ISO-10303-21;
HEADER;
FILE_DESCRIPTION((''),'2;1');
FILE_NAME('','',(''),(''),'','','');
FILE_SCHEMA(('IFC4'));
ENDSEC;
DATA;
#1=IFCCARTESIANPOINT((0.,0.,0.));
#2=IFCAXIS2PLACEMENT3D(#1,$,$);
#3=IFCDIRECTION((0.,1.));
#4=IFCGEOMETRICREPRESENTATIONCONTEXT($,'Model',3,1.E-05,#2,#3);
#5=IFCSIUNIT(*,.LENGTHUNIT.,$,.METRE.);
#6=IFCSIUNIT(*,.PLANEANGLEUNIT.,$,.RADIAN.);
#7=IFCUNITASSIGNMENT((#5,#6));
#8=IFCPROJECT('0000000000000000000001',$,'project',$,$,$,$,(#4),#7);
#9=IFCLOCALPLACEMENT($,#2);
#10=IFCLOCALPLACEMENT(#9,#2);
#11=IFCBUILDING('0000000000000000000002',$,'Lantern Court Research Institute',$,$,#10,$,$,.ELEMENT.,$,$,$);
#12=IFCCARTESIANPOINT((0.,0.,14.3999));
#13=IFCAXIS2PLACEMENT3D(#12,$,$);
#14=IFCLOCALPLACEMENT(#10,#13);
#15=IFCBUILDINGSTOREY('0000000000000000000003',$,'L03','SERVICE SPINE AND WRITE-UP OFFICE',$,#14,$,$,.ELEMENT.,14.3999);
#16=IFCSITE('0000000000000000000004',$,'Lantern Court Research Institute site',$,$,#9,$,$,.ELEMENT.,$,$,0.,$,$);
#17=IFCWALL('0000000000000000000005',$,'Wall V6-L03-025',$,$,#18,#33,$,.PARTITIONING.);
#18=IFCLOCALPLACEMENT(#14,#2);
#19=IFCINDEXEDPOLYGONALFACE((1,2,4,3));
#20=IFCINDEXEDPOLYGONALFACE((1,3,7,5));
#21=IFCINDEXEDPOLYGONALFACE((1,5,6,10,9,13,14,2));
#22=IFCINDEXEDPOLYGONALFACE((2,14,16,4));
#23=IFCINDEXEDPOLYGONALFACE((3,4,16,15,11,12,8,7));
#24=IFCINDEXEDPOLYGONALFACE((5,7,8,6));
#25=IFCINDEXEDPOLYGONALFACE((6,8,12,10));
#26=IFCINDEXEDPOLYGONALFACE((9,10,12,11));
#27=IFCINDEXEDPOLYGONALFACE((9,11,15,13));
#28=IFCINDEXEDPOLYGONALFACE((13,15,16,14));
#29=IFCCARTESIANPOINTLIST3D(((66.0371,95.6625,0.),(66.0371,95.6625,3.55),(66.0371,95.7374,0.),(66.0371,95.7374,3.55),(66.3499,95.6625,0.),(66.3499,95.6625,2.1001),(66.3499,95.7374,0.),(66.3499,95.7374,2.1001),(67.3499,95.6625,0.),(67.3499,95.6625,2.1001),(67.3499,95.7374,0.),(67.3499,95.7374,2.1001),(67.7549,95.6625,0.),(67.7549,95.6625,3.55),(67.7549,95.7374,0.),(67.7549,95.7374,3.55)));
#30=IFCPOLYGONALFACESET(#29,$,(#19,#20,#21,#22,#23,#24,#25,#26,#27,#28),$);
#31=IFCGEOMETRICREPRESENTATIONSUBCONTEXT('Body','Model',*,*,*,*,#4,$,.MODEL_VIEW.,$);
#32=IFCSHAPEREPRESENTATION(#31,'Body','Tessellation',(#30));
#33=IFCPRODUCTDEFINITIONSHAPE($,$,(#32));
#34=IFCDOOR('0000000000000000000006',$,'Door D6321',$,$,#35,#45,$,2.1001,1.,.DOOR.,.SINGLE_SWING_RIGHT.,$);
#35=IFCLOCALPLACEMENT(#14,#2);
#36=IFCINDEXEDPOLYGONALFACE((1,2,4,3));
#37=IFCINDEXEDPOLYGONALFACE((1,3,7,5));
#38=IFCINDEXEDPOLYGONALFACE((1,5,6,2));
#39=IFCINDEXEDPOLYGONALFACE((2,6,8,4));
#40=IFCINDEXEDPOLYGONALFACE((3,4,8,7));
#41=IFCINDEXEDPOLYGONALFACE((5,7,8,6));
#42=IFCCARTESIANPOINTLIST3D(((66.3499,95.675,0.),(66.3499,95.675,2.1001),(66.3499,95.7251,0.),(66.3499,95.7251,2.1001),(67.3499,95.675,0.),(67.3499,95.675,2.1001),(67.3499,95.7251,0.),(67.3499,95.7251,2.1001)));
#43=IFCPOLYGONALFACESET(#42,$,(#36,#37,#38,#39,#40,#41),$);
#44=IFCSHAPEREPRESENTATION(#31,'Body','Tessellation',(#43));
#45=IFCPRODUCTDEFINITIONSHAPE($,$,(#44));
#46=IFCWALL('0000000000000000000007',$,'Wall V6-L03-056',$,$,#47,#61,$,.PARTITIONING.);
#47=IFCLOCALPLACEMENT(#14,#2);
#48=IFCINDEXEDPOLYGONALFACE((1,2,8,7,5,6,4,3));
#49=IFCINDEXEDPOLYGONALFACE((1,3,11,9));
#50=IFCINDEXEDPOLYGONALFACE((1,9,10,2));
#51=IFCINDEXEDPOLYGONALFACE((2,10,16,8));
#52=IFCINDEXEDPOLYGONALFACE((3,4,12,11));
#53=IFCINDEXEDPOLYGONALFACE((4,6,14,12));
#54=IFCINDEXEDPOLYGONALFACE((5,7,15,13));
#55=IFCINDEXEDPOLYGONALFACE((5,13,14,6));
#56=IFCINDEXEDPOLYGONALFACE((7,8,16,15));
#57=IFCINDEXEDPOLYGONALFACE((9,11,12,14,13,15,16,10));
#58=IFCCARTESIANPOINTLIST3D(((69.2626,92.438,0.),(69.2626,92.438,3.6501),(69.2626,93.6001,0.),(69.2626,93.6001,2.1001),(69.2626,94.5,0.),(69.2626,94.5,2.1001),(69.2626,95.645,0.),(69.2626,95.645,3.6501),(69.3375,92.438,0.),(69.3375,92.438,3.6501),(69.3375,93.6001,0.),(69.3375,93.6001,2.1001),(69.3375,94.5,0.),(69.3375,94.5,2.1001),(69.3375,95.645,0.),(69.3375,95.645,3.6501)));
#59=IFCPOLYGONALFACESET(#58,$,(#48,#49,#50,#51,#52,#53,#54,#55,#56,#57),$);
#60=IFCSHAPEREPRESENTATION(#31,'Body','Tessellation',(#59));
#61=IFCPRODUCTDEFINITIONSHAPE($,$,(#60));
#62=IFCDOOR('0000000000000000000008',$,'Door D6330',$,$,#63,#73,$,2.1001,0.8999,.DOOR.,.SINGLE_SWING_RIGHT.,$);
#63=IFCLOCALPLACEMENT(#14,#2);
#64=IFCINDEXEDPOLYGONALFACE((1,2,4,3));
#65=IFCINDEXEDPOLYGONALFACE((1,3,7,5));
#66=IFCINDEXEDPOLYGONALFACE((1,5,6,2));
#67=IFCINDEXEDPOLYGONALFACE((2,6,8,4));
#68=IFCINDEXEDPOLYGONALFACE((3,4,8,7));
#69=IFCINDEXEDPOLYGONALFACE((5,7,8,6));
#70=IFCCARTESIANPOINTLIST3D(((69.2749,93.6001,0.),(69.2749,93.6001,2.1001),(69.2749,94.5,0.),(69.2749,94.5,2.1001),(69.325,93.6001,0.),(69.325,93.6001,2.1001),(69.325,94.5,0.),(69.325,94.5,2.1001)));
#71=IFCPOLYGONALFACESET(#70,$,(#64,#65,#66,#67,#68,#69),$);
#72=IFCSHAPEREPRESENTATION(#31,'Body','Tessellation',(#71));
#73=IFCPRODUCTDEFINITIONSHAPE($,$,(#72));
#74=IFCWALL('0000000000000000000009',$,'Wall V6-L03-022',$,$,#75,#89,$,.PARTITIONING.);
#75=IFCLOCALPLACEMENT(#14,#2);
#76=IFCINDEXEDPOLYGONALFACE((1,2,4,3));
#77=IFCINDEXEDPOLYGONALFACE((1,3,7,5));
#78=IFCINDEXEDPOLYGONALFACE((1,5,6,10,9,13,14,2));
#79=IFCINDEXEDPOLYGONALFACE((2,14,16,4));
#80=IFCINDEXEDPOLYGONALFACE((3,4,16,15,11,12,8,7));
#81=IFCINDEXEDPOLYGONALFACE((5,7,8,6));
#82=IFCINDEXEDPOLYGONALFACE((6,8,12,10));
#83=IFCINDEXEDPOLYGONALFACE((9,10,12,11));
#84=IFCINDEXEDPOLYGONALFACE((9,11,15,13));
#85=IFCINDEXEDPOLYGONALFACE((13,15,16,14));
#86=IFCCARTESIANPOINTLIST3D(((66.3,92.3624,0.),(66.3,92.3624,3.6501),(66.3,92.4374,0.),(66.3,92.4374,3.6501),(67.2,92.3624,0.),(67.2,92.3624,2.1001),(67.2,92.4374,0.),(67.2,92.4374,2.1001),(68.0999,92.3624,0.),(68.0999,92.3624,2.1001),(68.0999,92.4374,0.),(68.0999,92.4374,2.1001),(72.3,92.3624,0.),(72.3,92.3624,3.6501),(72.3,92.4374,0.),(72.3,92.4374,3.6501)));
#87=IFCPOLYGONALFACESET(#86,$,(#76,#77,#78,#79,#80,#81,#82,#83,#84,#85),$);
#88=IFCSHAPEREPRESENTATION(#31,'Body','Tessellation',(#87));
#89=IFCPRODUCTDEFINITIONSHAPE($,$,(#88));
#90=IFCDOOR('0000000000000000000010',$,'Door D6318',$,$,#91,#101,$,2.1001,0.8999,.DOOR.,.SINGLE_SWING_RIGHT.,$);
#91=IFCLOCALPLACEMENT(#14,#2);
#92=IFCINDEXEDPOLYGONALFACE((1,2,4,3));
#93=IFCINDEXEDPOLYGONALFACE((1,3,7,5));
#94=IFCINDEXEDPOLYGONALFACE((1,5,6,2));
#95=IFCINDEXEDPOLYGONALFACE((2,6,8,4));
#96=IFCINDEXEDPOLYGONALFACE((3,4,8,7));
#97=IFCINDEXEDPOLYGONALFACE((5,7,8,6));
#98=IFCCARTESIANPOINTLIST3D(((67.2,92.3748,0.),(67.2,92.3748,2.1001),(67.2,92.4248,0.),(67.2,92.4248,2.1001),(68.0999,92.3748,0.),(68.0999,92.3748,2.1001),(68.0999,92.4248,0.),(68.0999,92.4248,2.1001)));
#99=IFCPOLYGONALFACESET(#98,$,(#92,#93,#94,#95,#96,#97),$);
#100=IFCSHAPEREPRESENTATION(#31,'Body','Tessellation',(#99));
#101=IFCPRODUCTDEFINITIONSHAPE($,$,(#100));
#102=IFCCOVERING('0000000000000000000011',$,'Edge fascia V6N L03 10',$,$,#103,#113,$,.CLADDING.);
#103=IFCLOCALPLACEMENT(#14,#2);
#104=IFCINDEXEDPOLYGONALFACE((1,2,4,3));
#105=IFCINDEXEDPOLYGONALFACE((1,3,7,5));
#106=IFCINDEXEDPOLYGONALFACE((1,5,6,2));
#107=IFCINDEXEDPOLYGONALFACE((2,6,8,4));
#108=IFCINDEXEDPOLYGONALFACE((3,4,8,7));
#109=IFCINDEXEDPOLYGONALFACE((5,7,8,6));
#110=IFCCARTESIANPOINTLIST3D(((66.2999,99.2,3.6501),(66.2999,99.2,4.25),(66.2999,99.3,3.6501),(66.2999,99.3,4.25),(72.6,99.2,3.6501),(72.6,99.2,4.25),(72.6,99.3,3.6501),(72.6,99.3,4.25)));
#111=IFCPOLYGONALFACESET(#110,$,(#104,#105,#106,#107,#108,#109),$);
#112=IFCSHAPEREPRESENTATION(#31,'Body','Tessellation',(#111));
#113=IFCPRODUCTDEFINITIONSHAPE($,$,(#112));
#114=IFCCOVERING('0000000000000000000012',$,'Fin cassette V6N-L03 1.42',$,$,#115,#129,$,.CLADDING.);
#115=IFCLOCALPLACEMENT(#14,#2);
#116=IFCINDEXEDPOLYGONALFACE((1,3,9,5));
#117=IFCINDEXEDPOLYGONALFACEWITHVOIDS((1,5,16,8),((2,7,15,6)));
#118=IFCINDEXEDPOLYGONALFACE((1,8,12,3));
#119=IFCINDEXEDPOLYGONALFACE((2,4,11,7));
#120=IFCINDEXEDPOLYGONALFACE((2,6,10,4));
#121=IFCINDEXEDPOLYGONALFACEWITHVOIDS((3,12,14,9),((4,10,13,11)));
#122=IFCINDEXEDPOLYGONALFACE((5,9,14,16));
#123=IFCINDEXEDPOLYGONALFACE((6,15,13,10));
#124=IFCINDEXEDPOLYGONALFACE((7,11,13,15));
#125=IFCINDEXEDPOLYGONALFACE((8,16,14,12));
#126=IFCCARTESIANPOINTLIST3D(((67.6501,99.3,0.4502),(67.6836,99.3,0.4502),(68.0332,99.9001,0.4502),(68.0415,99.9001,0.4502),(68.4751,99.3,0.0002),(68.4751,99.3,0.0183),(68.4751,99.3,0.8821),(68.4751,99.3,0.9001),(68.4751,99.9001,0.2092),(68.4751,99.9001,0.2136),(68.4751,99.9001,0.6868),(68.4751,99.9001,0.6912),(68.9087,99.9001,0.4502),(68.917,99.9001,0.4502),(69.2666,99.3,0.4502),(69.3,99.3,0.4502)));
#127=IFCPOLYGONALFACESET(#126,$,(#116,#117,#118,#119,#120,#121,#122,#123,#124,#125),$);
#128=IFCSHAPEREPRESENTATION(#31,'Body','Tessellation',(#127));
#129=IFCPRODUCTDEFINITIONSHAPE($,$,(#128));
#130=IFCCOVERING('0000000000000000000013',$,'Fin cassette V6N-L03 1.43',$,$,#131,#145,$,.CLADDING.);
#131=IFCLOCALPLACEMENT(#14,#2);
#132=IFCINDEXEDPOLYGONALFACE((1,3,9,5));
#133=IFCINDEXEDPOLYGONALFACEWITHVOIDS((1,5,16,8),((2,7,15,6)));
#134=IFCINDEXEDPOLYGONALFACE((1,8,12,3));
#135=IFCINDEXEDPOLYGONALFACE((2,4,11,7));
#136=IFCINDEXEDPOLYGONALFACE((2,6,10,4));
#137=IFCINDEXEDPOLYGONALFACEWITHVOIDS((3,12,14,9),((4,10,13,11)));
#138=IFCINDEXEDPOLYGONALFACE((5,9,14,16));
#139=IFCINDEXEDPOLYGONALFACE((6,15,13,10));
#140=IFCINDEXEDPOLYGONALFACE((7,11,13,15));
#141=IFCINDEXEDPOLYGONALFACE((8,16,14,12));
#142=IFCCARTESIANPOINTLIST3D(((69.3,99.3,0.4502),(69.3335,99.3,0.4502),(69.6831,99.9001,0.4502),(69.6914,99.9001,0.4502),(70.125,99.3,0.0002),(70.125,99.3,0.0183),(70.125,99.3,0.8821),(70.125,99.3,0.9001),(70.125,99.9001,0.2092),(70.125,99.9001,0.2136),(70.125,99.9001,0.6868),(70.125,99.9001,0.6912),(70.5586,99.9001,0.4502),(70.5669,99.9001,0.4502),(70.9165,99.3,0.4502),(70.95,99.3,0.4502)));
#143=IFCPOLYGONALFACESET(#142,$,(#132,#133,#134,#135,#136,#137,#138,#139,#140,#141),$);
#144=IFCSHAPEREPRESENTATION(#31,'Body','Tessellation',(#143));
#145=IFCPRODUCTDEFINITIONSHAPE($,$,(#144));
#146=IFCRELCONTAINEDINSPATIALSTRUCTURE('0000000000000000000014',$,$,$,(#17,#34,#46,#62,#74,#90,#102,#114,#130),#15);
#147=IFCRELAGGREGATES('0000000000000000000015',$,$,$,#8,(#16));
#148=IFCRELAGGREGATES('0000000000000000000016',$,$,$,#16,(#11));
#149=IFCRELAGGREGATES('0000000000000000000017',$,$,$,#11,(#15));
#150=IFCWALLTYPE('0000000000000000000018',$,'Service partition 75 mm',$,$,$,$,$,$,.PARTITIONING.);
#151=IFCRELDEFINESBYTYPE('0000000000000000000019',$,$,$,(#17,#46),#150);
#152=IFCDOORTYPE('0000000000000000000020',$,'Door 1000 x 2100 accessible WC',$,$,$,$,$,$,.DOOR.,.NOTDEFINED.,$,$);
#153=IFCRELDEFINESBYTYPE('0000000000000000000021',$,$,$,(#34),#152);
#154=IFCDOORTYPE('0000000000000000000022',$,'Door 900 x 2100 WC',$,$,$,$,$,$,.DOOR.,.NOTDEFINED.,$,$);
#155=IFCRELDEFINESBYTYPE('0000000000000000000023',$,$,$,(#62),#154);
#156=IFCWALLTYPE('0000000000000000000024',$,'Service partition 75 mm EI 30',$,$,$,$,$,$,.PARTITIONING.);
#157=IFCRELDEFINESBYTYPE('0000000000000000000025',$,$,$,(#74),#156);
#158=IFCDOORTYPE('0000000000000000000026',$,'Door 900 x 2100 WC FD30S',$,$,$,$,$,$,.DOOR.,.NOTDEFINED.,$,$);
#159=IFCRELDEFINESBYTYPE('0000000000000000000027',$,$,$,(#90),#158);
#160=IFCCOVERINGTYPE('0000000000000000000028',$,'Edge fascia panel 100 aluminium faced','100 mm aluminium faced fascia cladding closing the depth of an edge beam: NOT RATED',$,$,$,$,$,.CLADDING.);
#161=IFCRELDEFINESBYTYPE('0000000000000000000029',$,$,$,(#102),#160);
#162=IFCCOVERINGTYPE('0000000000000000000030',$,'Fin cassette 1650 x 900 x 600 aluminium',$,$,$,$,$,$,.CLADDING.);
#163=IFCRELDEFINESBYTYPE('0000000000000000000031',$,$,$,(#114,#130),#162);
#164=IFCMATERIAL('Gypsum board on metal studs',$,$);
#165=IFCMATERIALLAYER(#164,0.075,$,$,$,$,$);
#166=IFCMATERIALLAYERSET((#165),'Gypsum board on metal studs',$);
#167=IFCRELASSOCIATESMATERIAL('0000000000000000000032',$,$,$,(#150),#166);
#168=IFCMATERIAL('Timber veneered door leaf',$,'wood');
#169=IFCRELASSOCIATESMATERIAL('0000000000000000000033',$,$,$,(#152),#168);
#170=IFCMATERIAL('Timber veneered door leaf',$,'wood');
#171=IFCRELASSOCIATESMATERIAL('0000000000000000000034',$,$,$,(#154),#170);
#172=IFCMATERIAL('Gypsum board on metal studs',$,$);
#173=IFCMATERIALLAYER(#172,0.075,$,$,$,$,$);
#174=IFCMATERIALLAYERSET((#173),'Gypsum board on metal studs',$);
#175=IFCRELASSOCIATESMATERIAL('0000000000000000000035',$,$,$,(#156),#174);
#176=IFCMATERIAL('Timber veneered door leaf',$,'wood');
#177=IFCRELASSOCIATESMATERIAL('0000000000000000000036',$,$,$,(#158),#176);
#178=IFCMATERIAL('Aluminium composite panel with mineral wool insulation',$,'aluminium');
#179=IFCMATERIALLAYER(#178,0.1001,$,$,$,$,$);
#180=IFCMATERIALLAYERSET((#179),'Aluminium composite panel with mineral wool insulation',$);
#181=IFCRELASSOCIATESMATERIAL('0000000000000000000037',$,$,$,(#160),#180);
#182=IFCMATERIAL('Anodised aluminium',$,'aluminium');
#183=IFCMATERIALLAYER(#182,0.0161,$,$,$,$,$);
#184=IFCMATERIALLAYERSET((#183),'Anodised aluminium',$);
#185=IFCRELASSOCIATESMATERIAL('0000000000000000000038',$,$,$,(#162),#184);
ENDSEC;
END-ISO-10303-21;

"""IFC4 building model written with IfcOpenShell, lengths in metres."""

from ifc_helpers import new_model, entity, si_unit, direction, frame, frame_2d, origin, place, context, subcontext, project, spatial, rectangle, extrude, material, layer, layer_set, type_object, element, fill, save


model = new_model("IFC4")

# Units and contexts
model_context = context("Model", 3, precision=1e-05, world=origin(), true_north=direction((0.0, 1.0)))
body_context = subcontext(model_context, "Body", "Model", "MODEL_VIEW")
ifc_project = project(units=[si_unit("LENGTHUNIT", "METRE"), si_unit("PLANEANGLEUNIT", "RADIAN")], contexts=[model_context])

# Site, building, storey
site_placement = place(None, origin())
site = spatial("IfcSite", under=ifc_project, at=site_placement, Name="Lantern Court Research Institute site", CompositionType="ELEMENT", RefElevation=0.0)
building_placement = place(site_placement, origin())
building = spatial("IfcBuilding", under=site, at=building_placement, Name="Lantern Court Research Institute", CompositionType="ELEMENT")
storey_placement = place(building_placement, frame((0.0, 0.0, 14.3999)))
storey = spatial("IfcBuildingStorey", under=building, at=storey_placement, Name="L03", Description="SERVICE SPINE AND WRITE-UP OFFICE", CompositionType="ELEMENT", Elevation=14.3999)

# Walls, openings, doors
ifc_material_1 = material(Name="Gypsum board on metal studs")
ifc_layer_1 = layer(ifc_material_1, 0.075)
ifc_layer_set_1 = layer_set([ifc_layer_1], Name="Gypsum board on metal studs")
wall_type_1 = type_object("IfcWallType", Name="Service partition 75 mm", PredefinedType="PARTITIONING", material=ifc_layer_set_1)
wall_1_placement = place(storey_placement, frame((67.7549, 95.7, 0.0), z_axis=(0.0, 0.0, 1.0), x_axis=(-1.0, 0.0, 0.0)))
wall_1 = element("IfcWall", 1, at=wall_1_placement, inside=storey, type_object=wall_type_1, Name="Wall V6-L03-025", PredefinedType="PARTITIONING", context=body_context, shape_type="SweptSolid", body=[
    extrude(rectangle(XDim=1.7178, YDim=0.075, at=frame_2d((0.8589, 0.0))), origin(), (0.0, 0.0, 1.0), 3.55),
])
opening_1_placement = place(wall_1_placement, frame((0.405, 0.0, 0.0)))
opening_1 = element("IfcOpeningElement", 2, at=opening_1_placement, cuts=wall_1, PredefinedType="OPENING", context=body_context, shape_type="SweptSolid", body=[
    extrude(rectangle(XDim=1.0, YDim=2.1001, at=frame_2d((0.5, 1.05))), frame((0.0, 0.0474, 0.0), z_axis=(0.0, -1.0, 0.0), x_axis=(1.0, 0.0, 0.0)), (0.0, 0.0, 1.0), 0.095),
])
ifc_material_2 = material(Name="Timber veneered door leaf", Category="wood")
door_type_1 = type_object("IfcDoorType", Name="Door 1000 x 2100 accessible WC", OperationType="NOTDEFINED", PredefinedType="DOOR", material=ifc_material_2)
door_1_placement = place(opening_1_placement, origin())
door_1 = element("IfcDoor", 3, at=door_1_placement, inside=storey, type_object=door_type_1, Name="Door D6321", OperationType="SINGLE_SWING_RIGHT", OverallHeight=2.1001, OverallWidth=1.0, PredefinedType="DOOR", context=body_context, shape_type="SweptSolid", body=[
    extrude(rectangle(XDim=1.0, YDim=2.1001, at=frame_2d((0.5, 1.05))), frame((0.0, 0.0249, 0.0), z_axis=(0.0, -1.0, 0.0), x_axis=(1.0, 0.0, 0.0)), (0.0, 0.0, 1.0), 0.05),
])
fill(opening_1, door_1)
wall_2_placement = place(storey_placement, frame((69.3, 95.645, 0.0), z_axis=(0.0, 0.0, 1.0), x_axis=(0.0, -1.0, 0.0)))
wall_2 = element("IfcWall", 4, at=wall_2_placement, inside=storey, type_object=wall_type_1, Name="Wall V6-L03-056", PredefinedType="PARTITIONING", context=body_context, shape_type="SweptSolid", body=[
    extrude(rectangle(XDim=3.207, YDim=0.075, at=frame_2d((1.6035, 0.0))), origin(), (0.0, 0.0, 1.0), 3.6501),
])
opening_2_placement = place(wall_2_placement, frame((1.145, 0.0, 0.0)))
opening_2 = element("IfcOpeningElement", 5, at=opening_2_placement, cuts=wall_2, PredefinedType="OPENING", context=body_context, shape_type="SweptSolid", body=[
    extrude(rectangle(XDim=0.8999, YDim=2.1001, at=frame_2d((0.45, 1.05))), frame((0.0, 0.0474, 0.0), z_axis=(0.0, -1.0, 0.0), x_axis=(1.0, 0.0, 0.0)), (0.0, 0.0, 1.0), 0.095),
])
ifc_material_3 = material(Name="Timber veneered door leaf", Category="wood")
door_type_2 = type_object("IfcDoorType", Name="Door 900 x 2100 WC", OperationType="NOTDEFINED", PredefinedType="DOOR", material=ifc_material_3)
door_2_placement = place(opening_2_placement, origin())
door_2 = element("IfcDoor", 6, at=door_2_placement, inside=storey, type_object=door_type_2, Name="Door D6330", OperationType="SINGLE_SWING_RIGHT", OverallHeight=2.1001, OverallWidth=0.8999, PredefinedType="DOOR", context=body_context, shape_type="SweptSolid", body=[
    extrude(rectangle(XDim=0.8999, YDim=2.1001, at=frame_2d((0.45, 1.05))), frame((0.0, 0.0249, 0.0), z_axis=(0.0, -1.0, 0.0), x_axis=(1.0, 0.0, 0.0)), (0.0, 0.0, 1.0), 0.05),
])
fill(opening_2, door_2)
ifc_material_4 = material(Name="Gypsum board on metal studs")
ifc_layer_2 = layer(ifc_material_4, 0.075)
ifc_layer_set_2 = layer_set([ifc_layer_2], Name="Gypsum board on metal studs")
wall_type_2 = type_object("IfcWallType", Name="Service partition 75 mm EI 30", PredefinedType="PARTITIONING", material=ifc_layer_set_2)
wall_3_placement = place(storey_placement, frame((66.3, 92.3999, 0.0), z_axis=(0.0, 0.0, 1.0), x_axis=(1.0, 0.0, 0.0)))
wall_3 = element("IfcWall", 7, at=wall_3_placement, inside=storey, type_object=wall_type_2, Name="Wall V6-L03-022", PredefinedType="PARTITIONING", context=body_context, shape_type="SweptSolid", body=[
    extrude(rectangle(XDim=6.0, YDim=0.075, at=frame_2d((3.0, 0.0))), origin(), (0.0, 0.0, 1.0), 3.6501),
])
opening_3_placement = place(wall_3_placement, frame((0.8999, 0.0, 0.0)))
opening_3 = element("IfcOpeningElement", 8, at=opening_3_placement, cuts=wall_3, PredefinedType="OPENING", context=body_context, shape_type="SweptSolid", body=[
    extrude(rectangle(XDim=0.8999, YDim=2.1001, at=frame_2d((0.45, 1.05))), frame((0.0, 0.0474, 0.0), z_axis=(0.0, -1.0, 0.0), x_axis=(1.0, 0.0, 0.0)), (0.0, 0.0, 1.0), 0.095),
])
ifc_material_5 = material(Name="Timber veneered door leaf", Category="wood")
door_type_3 = type_object("IfcDoorType", Name="Door 900 x 2100 WC FD30S", OperationType="NOTDEFINED", PredefinedType="DOOR", material=ifc_material_5)
door_3_placement = place(opening_3_placement, origin())
door_3 = element("IfcDoor", 9, at=door_3_placement, inside=storey, type_object=door_type_3, Name="Door D6318", OperationType="SINGLE_SWING_RIGHT", OverallHeight=2.1001, OverallWidth=0.8999, PredefinedType="DOOR", context=body_context, shape_type="SweptSolid", body=[
    extrude(rectangle(XDim=0.8999, YDim=2.1001, at=frame_2d((0.45, 1.05))), frame((0.0, 0.0249, 0.0), z_axis=(0.0, -1.0, 0.0), x_axis=(1.0, 0.0, 0.0)), (0.0, 0.0, 1.0), 0.05),
])
fill(opening_3, door_3)

# Coverings
ifc_material_6 = material(Name="Aluminium composite panel with mineral wool insulation", Category="aluminium")
ifc_layer_3 = layer(ifc_material_6, 0.1001)
ifc_layer_set_3 = layer_set([ifc_layer_3], Name="Aluminium composite panel with mineral wool insulation")
covering_type_1 = type_object("IfcCoveringType", Name="Edge fascia panel 100 aluminium faced", Description="100 mm aluminium faced fascia cladding closing the depth of an edge beam: NOT RATED", PredefinedType="CLADDING", material=ifc_layer_set_3)
covering_1_placement = place(storey_placement, frame((66.3, 99.25, 3.6501), z_axis=(0.0, 0.0, 1.0), x_axis=(1.0, 0.0, 0.0)))
element("IfcCovering", 10, at=covering_1_placement, inside=storey, type_object=covering_type_1, Name="Edge fascia V6N L03 10", PredefinedType="CLADDING", context=body_context, shape_type="SweptSolid", body=[
    extrude(rectangle(XDim=6.3, YDim=0.1001, at=frame_2d((3.1499, 0.0))), origin(), (0.0, 0.0, 1.0), 0.5999),
])
ifc_material_7 = material(Name="Anodised aluminium", Category="aluminium")
ifc_layer_4 = layer(ifc_material_7, 0.0161)
ifc_layer_set_4 = layer_set([ifc_layer_4], Name="Anodised aluminium")
covering_type_2 = type_object("IfcCoveringType", Name="Fin cassette 1650 x 900 x 600 aluminium", PredefinedType="CLADDING", material=ifc_layer_set_4)
covering_2_placement = place(storey_placement, frame((68.4751, 99.3, 0.4502), z_axis=(0.0, 1.0, 0.0), x_axis=(-1.0, 0.0, 0.0)))
cartesian_point_1 = entity("IfcCartesianPoint", [0.825, 0.0])
cartesian_point_2 = entity("IfcCartesianPoint", [0.7915, 0.0])
cartesian_point_3 = entity("IfcCartesianPoint", [0.4419, 0.0])
cartesian_point_4 = entity("IfcCartesianPoint", [0.4336, 0.0])
element("IfcCovering", 11, at=covering_2_placement, inside=storey, type_object=covering_type_2, Name="Fin cassette V6N-L03 1.42", PredefinedType="CLADDING", context=body_context, shape_type="SweptSolid", body=[
    entity("IfcExtrudedAreaSolidTapered", entity("IfcArbitraryProfileDefWithVoids", "AREA", None, entity("IfcPolyline", [cartesian_point_1, entity("IfcCartesianPoint", [0.0, 0.45]), entity("IfcCartesianPoint", [-0.825, 0.0]), entity("IfcCartesianPoint", [0.0, -0.45]), cartesian_point_1]), [entity("IfcPolyline", [cartesian_point_2, entity("IfcCartesianPoint", [0.0, 0.4319]), entity("IfcCartesianPoint", [-0.7915, 0.0]), entity("IfcCartesianPoint", [0.0, -0.4319]), cartesian_point_2])]), entity("IfcAxis2Placement3D", entity("IfcCartesianPoint", [0.0, 0.0, 0.0])), entity("IfcDirection", [0.0, 0.0, 1.0]), 0.6001, entity("IfcArbitraryProfileDefWithVoids", "AREA", None, entity("IfcPolyline", [cartesian_point_3, entity("IfcCartesianPoint", [0.0, 0.241]), entity("IfcCartesianPoint", [-0.4419, 0.0]), entity("IfcCartesianPoint", [0.0, -0.241]), cartesian_point_3]), [entity("IfcPolyline", [cartesian_point_4, entity("IfcCartesianPoint", [0.0, 0.2366]), entity("IfcCartesianPoint", [-0.4336, 0.0]), entity("IfcCartesianPoint", [0.0, -0.2366]), cartesian_point_4])])),
])
covering_3_placement = place(storey_placement, frame((70.125, 99.3, 0.4502), z_axis=(0.0, 1.0, 0.0), x_axis=(-1.0, 0.0, 0.0)))
cartesian_point_5 = entity("IfcCartesianPoint", [0.825, 0.0])
cartesian_point_6 = entity("IfcCartesianPoint", [0.7915, 0.0])
cartesian_point_7 = entity("IfcCartesianPoint", [0.4419, 0.0])
cartesian_point_8 = entity("IfcCartesianPoint", [0.4336, 0.0])
element("IfcCovering", 12, at=covering_3_placement, inside=storey, type_object=covering_type_2, Name="Fin cassette V6N-L03 1.43", PredefinedType="CLADDING", context=body_context, shape_type="SweptSolid", body=[
    entity("IfcExtrudedAreaSolidTapered", entity("IfcArbitraryProfileDefWithVoids", "AREA", None, entity("IfcPolyline", [cartesian_point_5, entity("IfcCartesianPoint", [0.0, 0.45]), entity("IfcCartesianPoint", [-0.825, 0.0]), entity("IfcCartesianPoint", [0.0, -0.45]), cartesian_point_5]), [entity("IfcPolyline", [cartesian_point_6, entity("IfcCartesianPoint", [0.0, 0.4319]), entity("IfcCartesianPoint", [-0.7915, 0.0]), entity("IfcCartesianPoint", [0.0, -0.4319]), cartesian_point_6])]), entity("IfcAxis2Placement3D", entity("IfcCartesianPoint", [0.0, 0.0, 0.0])), entity("IfcDirection", [0.0, 0.0, 1.0]), 0.6001, entity("IfcArbitraryProfileDefWithVoids", "AREA", None, entity("IfcPolyline", [cartesian_point_7, entity("IfcCartesianPoint", [0.0, 0.241]), entity("IfcCartesianPoint", [-0.4419, 0.0]), entity("IfcCartesianPoint", [0.0, -0.241]), cartesian_point_7]), [entity("IfcPolyline", [cartesian_point_8, entity("IfcCartesianPoint", [0.0, 0.2366]), entity("IfcCartesianPoint", [-0.4336, 0.0]), entity("IfcCartesianPoint", [0.0, -0.2366]), cartesian_point_8])])),
])

save(model, "model.ifc")
